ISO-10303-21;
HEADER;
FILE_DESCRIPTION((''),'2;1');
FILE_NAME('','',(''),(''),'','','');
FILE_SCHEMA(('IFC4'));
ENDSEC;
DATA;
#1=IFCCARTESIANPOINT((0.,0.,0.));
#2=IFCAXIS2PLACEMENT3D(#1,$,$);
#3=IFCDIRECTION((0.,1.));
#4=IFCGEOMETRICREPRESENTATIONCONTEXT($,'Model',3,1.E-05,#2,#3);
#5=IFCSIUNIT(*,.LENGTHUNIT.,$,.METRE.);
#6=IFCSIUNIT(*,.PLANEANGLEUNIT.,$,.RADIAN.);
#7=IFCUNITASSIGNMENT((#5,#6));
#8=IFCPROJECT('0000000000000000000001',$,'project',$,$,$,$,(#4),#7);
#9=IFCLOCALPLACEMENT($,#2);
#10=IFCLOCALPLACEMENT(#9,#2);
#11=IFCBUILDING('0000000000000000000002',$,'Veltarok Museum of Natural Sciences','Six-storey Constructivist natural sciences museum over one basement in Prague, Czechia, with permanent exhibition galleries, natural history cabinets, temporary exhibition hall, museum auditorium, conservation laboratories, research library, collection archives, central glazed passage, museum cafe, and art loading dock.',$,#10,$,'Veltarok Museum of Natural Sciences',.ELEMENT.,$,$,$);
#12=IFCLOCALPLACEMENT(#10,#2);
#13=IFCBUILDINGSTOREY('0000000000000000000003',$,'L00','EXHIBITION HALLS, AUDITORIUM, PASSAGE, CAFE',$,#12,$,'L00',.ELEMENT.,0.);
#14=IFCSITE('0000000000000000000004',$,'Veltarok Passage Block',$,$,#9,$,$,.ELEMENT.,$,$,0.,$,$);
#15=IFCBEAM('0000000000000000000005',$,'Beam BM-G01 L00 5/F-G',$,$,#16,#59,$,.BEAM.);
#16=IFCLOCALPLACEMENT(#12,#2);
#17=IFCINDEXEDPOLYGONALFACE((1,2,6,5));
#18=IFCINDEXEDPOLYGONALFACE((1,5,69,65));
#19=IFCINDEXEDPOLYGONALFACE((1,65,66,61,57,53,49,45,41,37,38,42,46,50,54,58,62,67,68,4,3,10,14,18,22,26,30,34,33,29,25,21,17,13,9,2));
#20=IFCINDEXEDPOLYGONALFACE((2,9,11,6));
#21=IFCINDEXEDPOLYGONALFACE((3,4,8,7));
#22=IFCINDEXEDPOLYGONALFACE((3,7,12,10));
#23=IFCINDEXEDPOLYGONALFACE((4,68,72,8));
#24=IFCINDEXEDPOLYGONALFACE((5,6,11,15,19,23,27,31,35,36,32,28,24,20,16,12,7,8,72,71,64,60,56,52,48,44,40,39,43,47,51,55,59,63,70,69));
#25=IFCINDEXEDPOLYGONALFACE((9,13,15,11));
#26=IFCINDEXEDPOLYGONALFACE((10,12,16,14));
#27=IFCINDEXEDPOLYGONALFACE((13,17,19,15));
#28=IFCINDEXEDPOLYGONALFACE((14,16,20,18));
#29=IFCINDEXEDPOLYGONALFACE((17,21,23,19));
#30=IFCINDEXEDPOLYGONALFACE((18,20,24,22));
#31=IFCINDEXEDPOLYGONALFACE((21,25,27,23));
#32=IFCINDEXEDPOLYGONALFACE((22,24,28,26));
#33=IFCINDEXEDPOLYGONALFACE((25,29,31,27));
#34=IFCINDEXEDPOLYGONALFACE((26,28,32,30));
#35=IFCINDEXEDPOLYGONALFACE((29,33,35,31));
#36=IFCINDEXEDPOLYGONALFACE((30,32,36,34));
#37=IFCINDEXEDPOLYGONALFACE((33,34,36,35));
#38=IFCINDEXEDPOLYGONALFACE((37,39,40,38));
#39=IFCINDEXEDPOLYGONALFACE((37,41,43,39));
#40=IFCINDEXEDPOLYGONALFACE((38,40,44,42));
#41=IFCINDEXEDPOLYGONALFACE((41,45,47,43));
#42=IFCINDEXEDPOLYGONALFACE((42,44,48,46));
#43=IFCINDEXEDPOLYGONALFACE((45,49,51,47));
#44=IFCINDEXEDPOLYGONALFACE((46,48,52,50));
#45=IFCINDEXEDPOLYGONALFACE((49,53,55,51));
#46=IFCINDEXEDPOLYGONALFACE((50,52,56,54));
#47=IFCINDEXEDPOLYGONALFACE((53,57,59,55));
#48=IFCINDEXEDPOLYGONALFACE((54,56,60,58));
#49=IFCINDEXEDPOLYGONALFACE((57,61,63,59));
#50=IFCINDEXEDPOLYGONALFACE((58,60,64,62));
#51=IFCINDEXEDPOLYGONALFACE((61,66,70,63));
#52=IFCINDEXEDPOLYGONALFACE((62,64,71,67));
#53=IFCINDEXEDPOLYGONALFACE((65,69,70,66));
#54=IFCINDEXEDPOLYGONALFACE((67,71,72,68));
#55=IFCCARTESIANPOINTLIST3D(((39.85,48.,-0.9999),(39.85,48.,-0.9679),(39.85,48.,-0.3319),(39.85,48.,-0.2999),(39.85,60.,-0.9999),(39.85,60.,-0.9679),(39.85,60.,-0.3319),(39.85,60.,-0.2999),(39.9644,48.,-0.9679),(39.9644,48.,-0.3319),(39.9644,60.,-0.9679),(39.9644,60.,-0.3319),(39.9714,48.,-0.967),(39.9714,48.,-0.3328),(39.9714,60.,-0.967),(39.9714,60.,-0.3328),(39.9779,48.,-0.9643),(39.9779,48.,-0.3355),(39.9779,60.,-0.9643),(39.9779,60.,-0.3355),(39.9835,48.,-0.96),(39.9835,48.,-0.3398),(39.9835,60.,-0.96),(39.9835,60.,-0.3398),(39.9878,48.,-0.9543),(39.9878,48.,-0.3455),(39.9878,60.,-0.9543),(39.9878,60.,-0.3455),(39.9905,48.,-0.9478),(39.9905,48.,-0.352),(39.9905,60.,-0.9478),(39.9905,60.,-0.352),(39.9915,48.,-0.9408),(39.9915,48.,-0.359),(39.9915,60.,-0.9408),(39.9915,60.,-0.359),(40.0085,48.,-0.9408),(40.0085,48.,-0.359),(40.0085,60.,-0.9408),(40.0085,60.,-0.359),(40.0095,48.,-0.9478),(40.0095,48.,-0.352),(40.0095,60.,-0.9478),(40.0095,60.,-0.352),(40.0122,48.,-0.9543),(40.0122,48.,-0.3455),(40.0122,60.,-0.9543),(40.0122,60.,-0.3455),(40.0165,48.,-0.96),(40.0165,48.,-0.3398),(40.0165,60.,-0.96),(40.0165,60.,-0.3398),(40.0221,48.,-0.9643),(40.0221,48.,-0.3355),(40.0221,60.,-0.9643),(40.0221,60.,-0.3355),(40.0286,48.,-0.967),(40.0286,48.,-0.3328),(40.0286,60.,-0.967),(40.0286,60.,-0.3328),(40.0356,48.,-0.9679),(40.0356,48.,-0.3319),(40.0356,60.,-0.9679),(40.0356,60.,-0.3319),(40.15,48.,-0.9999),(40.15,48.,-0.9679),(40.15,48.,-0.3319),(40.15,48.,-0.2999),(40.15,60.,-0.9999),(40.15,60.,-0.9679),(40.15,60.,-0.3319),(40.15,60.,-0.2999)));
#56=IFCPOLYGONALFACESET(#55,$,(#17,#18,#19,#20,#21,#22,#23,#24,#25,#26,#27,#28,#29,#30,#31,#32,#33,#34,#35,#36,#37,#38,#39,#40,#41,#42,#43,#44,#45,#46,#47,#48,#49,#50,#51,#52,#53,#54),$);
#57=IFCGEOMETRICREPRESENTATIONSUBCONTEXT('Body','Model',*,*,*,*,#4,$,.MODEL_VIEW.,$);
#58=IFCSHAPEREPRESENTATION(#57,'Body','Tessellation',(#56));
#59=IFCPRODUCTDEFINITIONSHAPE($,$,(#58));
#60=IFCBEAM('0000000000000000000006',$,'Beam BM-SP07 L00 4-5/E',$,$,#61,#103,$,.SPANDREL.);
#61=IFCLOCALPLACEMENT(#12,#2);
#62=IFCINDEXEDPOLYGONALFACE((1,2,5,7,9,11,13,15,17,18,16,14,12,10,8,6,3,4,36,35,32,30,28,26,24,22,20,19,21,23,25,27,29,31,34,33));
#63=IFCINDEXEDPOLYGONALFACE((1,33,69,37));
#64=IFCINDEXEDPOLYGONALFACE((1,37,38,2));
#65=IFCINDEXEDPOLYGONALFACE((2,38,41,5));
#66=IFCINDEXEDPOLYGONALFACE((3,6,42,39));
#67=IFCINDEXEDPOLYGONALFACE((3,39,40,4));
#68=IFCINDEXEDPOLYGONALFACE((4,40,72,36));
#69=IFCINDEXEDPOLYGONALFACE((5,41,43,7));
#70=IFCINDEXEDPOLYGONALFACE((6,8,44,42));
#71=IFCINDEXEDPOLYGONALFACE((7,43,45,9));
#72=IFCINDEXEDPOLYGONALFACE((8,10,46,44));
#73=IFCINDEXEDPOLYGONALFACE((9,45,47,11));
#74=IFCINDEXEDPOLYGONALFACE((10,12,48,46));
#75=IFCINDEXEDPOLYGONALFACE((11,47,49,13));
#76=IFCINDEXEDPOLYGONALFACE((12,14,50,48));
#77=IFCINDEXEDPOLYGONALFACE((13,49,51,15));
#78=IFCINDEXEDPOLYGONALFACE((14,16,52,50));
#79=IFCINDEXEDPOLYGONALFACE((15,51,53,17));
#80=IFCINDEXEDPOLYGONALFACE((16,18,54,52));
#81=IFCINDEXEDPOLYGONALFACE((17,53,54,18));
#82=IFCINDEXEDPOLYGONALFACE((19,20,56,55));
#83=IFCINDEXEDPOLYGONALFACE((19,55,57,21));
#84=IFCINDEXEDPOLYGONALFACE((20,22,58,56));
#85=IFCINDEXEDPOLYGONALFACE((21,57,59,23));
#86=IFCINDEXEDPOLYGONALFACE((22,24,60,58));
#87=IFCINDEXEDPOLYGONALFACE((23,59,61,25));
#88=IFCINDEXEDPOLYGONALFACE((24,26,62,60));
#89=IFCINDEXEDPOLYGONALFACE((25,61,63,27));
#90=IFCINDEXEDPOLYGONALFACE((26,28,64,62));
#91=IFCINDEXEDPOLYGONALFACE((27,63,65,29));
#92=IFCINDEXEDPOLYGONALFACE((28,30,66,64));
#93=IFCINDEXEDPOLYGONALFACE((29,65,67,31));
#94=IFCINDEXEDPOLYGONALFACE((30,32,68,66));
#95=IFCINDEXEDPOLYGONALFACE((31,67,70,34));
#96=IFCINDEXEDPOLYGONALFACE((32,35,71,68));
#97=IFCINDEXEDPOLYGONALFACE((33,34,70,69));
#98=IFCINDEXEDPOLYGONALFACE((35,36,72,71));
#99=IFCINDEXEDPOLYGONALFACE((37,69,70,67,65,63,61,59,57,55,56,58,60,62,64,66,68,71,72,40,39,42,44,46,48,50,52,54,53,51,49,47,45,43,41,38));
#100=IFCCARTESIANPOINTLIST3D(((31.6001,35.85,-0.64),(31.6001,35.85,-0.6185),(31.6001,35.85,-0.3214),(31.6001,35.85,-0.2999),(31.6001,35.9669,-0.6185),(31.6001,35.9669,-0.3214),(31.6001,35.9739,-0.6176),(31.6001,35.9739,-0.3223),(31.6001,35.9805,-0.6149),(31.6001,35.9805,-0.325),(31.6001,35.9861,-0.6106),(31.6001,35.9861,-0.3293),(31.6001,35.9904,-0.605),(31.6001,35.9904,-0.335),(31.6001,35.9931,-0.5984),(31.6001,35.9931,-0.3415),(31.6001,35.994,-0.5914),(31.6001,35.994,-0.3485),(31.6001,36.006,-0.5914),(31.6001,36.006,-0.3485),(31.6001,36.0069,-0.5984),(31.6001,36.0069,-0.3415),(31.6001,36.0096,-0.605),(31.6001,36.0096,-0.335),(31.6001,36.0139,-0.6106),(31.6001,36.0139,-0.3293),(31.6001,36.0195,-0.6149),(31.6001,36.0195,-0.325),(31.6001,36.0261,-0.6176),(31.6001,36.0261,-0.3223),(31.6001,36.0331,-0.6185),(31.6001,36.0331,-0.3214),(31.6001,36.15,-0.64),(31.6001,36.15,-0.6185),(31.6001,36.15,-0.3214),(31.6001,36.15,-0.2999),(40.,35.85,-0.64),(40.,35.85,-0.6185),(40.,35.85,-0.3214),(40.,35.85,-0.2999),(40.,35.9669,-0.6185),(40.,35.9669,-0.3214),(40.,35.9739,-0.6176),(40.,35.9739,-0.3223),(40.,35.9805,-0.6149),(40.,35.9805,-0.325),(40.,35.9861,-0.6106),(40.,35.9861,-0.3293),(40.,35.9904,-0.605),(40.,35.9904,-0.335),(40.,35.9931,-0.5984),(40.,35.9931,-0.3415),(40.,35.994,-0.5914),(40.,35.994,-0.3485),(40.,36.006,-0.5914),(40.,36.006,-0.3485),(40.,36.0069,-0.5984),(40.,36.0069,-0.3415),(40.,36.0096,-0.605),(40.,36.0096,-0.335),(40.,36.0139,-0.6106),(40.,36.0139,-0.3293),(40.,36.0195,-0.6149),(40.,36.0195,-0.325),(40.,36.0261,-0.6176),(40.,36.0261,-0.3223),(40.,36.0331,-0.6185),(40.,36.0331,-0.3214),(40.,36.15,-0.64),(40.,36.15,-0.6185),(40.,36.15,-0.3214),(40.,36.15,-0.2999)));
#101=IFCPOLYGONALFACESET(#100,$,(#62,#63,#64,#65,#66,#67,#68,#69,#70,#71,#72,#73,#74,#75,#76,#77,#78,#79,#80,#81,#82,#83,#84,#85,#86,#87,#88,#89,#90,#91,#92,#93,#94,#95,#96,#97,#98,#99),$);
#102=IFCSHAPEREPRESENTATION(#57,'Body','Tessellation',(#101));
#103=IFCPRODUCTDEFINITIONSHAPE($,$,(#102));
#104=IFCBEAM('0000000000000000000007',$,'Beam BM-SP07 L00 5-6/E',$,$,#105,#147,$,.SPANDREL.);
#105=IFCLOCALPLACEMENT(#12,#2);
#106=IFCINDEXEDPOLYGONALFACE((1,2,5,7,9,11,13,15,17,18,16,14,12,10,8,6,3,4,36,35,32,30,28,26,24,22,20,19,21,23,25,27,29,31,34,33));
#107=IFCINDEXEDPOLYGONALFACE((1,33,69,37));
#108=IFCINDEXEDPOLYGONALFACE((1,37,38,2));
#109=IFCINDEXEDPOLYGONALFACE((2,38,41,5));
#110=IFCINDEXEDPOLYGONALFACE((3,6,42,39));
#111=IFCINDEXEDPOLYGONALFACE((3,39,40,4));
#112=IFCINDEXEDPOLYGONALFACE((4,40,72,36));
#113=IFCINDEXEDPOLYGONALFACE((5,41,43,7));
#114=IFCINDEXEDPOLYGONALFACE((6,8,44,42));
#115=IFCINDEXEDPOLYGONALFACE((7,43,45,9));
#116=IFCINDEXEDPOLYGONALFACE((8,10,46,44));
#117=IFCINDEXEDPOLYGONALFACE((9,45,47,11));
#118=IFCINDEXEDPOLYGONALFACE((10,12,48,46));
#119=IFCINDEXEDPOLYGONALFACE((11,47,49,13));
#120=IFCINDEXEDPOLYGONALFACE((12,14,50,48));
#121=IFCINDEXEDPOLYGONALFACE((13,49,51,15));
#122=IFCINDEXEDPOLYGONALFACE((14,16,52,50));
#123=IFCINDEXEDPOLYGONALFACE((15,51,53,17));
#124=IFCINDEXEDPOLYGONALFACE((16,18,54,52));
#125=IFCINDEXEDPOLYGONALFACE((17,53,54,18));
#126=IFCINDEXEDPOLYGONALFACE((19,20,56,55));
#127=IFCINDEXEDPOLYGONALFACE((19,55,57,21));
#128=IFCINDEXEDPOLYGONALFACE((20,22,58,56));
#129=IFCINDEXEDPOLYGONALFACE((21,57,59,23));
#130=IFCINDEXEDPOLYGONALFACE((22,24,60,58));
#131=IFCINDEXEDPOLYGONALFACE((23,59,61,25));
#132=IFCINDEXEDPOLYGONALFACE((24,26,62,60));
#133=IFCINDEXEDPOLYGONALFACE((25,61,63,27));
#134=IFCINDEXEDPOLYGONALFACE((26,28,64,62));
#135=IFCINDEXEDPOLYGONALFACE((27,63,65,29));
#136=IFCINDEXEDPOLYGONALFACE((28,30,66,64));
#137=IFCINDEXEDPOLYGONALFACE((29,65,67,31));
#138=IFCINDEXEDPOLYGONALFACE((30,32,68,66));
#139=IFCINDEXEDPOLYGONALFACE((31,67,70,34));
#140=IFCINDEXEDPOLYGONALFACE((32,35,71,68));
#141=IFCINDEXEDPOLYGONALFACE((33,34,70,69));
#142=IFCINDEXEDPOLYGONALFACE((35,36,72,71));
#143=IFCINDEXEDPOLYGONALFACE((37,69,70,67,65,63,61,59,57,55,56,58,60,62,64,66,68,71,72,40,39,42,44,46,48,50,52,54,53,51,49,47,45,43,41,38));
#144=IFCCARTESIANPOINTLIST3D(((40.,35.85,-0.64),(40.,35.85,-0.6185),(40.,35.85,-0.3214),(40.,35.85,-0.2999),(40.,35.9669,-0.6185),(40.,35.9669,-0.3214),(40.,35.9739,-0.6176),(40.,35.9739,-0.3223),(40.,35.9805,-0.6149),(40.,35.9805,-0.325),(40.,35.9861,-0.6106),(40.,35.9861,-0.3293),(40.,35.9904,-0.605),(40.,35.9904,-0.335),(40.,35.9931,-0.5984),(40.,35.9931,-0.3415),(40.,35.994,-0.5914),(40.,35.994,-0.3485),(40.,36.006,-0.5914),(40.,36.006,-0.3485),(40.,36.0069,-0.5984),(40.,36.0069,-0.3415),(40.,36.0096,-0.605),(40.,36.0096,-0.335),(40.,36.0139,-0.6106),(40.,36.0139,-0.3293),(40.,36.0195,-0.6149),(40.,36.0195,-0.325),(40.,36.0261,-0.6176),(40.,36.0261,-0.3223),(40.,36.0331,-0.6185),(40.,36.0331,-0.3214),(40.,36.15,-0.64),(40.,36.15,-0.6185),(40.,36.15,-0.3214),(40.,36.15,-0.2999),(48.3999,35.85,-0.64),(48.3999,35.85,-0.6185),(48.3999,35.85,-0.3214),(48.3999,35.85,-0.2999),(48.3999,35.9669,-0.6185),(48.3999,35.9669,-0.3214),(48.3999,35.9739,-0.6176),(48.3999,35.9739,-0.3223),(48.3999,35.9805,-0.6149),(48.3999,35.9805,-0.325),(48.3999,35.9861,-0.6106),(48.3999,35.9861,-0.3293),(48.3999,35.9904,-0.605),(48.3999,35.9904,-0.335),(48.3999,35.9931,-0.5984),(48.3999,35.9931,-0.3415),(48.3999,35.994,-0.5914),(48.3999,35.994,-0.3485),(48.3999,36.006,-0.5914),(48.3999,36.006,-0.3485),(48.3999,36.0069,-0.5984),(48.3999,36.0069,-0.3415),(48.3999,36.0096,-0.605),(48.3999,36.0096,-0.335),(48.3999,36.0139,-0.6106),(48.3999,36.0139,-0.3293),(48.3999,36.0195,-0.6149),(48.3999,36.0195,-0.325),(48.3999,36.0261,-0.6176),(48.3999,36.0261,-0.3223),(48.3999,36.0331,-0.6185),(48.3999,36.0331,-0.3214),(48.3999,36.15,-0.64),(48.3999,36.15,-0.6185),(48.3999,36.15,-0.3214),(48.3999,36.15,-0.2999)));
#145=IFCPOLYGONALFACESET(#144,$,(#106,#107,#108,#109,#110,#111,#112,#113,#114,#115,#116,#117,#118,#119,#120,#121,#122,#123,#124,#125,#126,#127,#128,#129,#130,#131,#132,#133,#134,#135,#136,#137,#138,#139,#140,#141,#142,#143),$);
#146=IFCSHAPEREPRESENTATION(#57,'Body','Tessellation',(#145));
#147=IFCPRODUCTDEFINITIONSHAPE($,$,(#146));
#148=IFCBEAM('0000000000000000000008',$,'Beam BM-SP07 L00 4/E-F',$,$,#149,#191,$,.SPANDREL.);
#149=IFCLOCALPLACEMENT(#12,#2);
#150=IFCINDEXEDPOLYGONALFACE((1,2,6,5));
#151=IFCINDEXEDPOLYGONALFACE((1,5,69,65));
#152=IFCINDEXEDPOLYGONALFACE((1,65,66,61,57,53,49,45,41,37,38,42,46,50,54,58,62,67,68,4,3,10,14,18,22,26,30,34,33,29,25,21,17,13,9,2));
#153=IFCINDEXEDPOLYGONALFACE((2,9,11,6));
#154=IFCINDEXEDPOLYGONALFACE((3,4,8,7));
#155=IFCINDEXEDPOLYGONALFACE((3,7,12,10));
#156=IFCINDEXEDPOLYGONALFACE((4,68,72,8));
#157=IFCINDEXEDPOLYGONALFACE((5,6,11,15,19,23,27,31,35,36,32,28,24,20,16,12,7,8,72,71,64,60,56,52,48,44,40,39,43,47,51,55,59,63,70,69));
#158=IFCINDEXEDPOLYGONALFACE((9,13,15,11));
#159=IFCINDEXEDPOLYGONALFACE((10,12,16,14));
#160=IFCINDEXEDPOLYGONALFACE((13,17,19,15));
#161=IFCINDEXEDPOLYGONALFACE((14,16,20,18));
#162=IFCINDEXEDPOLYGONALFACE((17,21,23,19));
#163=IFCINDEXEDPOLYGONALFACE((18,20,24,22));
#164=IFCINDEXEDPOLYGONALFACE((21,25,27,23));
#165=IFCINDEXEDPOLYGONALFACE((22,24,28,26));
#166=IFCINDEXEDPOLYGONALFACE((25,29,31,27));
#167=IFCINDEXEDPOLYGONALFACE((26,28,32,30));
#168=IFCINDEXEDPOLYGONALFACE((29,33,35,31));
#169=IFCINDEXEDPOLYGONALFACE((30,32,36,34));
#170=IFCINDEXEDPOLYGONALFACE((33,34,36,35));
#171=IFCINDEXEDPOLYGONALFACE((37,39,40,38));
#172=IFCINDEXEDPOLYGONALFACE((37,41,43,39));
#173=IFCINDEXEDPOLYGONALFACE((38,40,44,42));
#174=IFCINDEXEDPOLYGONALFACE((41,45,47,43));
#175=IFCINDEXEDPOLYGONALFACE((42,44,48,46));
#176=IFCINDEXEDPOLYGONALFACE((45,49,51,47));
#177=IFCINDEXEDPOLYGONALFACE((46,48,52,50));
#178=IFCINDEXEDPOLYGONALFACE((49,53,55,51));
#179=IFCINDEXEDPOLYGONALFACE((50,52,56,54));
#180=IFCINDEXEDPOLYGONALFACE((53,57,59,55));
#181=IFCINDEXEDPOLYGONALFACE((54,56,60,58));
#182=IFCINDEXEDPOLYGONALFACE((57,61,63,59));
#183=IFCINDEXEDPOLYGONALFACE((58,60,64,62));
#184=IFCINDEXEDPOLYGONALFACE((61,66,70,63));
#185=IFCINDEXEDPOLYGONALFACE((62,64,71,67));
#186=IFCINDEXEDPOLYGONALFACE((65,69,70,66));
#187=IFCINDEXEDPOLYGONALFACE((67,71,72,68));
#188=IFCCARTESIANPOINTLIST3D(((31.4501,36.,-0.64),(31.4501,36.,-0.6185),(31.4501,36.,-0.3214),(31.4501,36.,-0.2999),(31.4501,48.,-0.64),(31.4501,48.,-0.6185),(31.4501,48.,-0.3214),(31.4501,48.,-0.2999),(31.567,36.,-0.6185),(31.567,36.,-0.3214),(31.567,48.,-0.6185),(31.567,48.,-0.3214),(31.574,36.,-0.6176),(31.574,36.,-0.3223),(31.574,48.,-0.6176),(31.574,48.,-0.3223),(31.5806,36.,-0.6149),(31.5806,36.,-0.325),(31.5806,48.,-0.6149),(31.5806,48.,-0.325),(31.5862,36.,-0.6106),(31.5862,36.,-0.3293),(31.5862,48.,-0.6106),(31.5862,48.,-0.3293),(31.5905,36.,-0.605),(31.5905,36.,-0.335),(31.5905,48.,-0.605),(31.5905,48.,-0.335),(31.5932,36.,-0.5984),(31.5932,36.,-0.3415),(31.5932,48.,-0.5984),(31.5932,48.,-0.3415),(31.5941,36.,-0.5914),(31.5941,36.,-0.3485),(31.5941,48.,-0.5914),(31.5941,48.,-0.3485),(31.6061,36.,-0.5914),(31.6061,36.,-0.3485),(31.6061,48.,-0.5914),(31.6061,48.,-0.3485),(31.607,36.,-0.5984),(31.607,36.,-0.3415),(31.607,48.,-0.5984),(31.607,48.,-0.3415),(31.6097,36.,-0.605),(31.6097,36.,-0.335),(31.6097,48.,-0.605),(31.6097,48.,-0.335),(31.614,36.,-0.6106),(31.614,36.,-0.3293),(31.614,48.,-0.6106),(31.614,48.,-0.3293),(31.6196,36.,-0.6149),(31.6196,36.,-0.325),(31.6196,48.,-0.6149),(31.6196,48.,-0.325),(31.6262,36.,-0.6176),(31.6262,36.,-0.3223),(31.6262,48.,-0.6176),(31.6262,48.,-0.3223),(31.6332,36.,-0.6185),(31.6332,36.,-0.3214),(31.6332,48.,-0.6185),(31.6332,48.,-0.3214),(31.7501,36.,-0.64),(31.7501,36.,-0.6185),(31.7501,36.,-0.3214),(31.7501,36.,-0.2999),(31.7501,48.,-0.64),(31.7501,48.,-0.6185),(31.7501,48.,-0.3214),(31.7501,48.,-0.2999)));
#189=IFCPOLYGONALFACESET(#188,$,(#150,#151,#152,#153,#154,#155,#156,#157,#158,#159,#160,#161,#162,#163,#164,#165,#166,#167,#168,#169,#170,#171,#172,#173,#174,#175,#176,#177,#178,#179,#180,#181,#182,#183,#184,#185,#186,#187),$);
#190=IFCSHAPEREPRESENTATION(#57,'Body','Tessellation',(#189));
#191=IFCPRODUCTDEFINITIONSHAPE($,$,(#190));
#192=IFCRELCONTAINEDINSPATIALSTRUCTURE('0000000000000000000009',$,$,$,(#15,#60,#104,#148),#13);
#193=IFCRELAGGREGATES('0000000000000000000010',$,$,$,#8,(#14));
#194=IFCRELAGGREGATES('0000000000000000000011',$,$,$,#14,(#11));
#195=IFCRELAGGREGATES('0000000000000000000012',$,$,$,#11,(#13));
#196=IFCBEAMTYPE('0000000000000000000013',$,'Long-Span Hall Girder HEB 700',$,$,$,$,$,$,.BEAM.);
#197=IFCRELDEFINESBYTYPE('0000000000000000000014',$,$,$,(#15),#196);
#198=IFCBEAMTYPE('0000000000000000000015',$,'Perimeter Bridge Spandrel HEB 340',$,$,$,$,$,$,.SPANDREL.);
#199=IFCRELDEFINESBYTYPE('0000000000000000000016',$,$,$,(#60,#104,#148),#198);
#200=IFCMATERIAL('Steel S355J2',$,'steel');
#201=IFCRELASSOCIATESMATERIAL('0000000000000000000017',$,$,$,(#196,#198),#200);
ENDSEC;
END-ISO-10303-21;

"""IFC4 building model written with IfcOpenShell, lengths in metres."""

from ifc_helpers import new_model, si_unit, direction, frame, origin, origin_2d, place, context, subcontext, project, spatial, i_section, extrude, material, material_profile, profile_set, type_object, element, save


model = new_model("IFC4")

# Units and contexts
model_context = context("Model", 3, precision=1e-05, world=origin(), true_north=direction((0.0, 1.0)))
body_context = subcontext(model_context, "Body", "Model", "MODEL_VIEW")
ifc_project = project(units=[si_unit("LENGTHUNIT", "METRE"), si_unit("PLANEANGLEUNIT", "RADIAN")], contexts=[model_context])

# Site, building, storey
site_placement = place(None, origin())
site = spatial("IfcSite", under=ifc_project, at=site_placement, Name="Veltarok Passage Block", CompositionType="ELEMENT", RefElevation=0.0)
building_placement = place(site_placement, origin())
building = spatial("IfcBuilding", under=site, at=building_placement, Name="Veltarok Museum of Natural Sciences", Description="Six-storey Constructivist natural sciences museum over one basement in Prague, Czechia, with permanent exhibition galleries, natural history cabinets, temporary exhibition hall, museum auditorium, conservation laboratories, research library, collection archives, central glazed passage, museum cafe, and art loading dock.", LongName="Veltarok Museum of Natural Sciences", CompositionType="ELEMENT")
storey_placement = place(building_placement, origin())
storey = spatial("IfcBuildingStorey", under=building, at=storey_placement, Name="L00", Description="EXHIBITION HALLS, AUDITORIUM, PASSAGE, CAFE", LongName="L00", CompositionType="ELEMENT", Elevation=0.0)

# Shared definitions
ifc_material_1 = material(Name="Steel S355J2", Category="steel")

# Beams
ifc_material_profile_1 = material_profile(ifc_material_1, i_section(OverallWidth=0.3, OverallDepth=0.7, WebThickness=0.0171, FlangeThickness=0.032, FilletRadius=0.0271, at=origin_2d()), Name="HEB 700")
ifc_profile_set_1 = profile_set([ifc_material_profile_1], Name="Steel S355J2")
beam_type_1 = type_object("IfcBeamType", Name="Long-Span Hall Girder HEB 700", PredefinedType="BEAM", material=ifc_profile_set_1)
for number, where, z_axis, x_axis, name in (
    (1, (40.0, 48.0, -0.6499), (0.0, 1.0, 0.0), (-1.0, 0.0, 0.0), "Beam BM-G01 L00 5/F-G"),
):
    element("IfcBeam", number, at=place(storey_placement, frame(where, z_axis=z_axis, x_axis=x_axis)), inside=storey, type_object=beam_type_1, Name=name, PredefinedType="BEAM", context=body_context, shape_type="SweptSolid", body=[
        extrude(i_section(OverallWidth=0.3, OverallDepth=0.7, WebThickness=0.0171, FlangeThickness=0.032, FilletRadius=0.0271, at=origin_2d()), origin(), (0.0, 0.0, 1.0), 12.0),
    ])
ifc_material_profile_2 = material_profile(ifc_material_1, i_section(OverallWidth=0.3, OverallDepth=0.3401, WebThickness=0.012, FlangeThickness=0.0215, FilletRadius=0.0271, at=origin_2d()), Name="HEB 340")
ifc_profile_set_2 = profile_set([ifc_material_profile_2], Name="Steel S355J2")
beam_type_2 = type_object("IfcBeamType", Name="Perimeter Bridge Spandrel HEB 340", PredefinedType="SPANDREL", material=ifc_profile_set_2)
for number, where, z_axis, x_axis, name in (
    (2, (31.6001, 36.0, -0.47), (1.0, 0.0, 0.0), (0.0, 1.0, 0.0), "Beam BM-SP07 L00 4-5/E"),
    (3, (40.0, 36.0, -0.47), (1.0, 0.0, 0.0), (0.0, 1.0, 0.0), "Beam BM-SP07 L00 5-6/E"),
):
    element("IfcBeam", number, at=place(storey_placement, frame(where, z_axis=z_axis, x_axis=x_axis)), inside=storey, type_object=beam_type_2, Name=name, PredefinedType="SPANDREL", context=body_context, shape_type="SweptSolid", body=[
        extrude(i_section(OverallWidth=0.3, OverallDepth=0.3401, WebThickness=0.012, FlangeThickness=0.0215, FilletRadius=0.0271, at=origin_2d()), origin(), (0.0, 0.0, 1.0), 8.3999),
    ])
for number, where, z_axis, x_axis, name in (
    (4, (31.6001, 36.0, -0.47), (0.0, 1.0, 0.0), (-1.0, 0.0, 0.0), "Beam BM-SP07 L00 4/E-F"),
):
    element("IfcBeam", number, at=place(storey_placement, frame(where, z_axis=z_axis, x_axis=x_axis)), inside=storey, type_object=beam_type_2, Name=name, PredefinedType="SPANDREL", context=body_context, shape_type="SweptSolid", body=[
        extrude(i_section(OverallWidth=0.3, OverallDepth=0.3401, WebThickness=0.012, FlangeThickness=0.0215, FilletRadius=0.0271, at=origin_2d()), origin(), (0.0, 0.0, 1.0), 12.0),
    ])

save(model, "model.ifc")
